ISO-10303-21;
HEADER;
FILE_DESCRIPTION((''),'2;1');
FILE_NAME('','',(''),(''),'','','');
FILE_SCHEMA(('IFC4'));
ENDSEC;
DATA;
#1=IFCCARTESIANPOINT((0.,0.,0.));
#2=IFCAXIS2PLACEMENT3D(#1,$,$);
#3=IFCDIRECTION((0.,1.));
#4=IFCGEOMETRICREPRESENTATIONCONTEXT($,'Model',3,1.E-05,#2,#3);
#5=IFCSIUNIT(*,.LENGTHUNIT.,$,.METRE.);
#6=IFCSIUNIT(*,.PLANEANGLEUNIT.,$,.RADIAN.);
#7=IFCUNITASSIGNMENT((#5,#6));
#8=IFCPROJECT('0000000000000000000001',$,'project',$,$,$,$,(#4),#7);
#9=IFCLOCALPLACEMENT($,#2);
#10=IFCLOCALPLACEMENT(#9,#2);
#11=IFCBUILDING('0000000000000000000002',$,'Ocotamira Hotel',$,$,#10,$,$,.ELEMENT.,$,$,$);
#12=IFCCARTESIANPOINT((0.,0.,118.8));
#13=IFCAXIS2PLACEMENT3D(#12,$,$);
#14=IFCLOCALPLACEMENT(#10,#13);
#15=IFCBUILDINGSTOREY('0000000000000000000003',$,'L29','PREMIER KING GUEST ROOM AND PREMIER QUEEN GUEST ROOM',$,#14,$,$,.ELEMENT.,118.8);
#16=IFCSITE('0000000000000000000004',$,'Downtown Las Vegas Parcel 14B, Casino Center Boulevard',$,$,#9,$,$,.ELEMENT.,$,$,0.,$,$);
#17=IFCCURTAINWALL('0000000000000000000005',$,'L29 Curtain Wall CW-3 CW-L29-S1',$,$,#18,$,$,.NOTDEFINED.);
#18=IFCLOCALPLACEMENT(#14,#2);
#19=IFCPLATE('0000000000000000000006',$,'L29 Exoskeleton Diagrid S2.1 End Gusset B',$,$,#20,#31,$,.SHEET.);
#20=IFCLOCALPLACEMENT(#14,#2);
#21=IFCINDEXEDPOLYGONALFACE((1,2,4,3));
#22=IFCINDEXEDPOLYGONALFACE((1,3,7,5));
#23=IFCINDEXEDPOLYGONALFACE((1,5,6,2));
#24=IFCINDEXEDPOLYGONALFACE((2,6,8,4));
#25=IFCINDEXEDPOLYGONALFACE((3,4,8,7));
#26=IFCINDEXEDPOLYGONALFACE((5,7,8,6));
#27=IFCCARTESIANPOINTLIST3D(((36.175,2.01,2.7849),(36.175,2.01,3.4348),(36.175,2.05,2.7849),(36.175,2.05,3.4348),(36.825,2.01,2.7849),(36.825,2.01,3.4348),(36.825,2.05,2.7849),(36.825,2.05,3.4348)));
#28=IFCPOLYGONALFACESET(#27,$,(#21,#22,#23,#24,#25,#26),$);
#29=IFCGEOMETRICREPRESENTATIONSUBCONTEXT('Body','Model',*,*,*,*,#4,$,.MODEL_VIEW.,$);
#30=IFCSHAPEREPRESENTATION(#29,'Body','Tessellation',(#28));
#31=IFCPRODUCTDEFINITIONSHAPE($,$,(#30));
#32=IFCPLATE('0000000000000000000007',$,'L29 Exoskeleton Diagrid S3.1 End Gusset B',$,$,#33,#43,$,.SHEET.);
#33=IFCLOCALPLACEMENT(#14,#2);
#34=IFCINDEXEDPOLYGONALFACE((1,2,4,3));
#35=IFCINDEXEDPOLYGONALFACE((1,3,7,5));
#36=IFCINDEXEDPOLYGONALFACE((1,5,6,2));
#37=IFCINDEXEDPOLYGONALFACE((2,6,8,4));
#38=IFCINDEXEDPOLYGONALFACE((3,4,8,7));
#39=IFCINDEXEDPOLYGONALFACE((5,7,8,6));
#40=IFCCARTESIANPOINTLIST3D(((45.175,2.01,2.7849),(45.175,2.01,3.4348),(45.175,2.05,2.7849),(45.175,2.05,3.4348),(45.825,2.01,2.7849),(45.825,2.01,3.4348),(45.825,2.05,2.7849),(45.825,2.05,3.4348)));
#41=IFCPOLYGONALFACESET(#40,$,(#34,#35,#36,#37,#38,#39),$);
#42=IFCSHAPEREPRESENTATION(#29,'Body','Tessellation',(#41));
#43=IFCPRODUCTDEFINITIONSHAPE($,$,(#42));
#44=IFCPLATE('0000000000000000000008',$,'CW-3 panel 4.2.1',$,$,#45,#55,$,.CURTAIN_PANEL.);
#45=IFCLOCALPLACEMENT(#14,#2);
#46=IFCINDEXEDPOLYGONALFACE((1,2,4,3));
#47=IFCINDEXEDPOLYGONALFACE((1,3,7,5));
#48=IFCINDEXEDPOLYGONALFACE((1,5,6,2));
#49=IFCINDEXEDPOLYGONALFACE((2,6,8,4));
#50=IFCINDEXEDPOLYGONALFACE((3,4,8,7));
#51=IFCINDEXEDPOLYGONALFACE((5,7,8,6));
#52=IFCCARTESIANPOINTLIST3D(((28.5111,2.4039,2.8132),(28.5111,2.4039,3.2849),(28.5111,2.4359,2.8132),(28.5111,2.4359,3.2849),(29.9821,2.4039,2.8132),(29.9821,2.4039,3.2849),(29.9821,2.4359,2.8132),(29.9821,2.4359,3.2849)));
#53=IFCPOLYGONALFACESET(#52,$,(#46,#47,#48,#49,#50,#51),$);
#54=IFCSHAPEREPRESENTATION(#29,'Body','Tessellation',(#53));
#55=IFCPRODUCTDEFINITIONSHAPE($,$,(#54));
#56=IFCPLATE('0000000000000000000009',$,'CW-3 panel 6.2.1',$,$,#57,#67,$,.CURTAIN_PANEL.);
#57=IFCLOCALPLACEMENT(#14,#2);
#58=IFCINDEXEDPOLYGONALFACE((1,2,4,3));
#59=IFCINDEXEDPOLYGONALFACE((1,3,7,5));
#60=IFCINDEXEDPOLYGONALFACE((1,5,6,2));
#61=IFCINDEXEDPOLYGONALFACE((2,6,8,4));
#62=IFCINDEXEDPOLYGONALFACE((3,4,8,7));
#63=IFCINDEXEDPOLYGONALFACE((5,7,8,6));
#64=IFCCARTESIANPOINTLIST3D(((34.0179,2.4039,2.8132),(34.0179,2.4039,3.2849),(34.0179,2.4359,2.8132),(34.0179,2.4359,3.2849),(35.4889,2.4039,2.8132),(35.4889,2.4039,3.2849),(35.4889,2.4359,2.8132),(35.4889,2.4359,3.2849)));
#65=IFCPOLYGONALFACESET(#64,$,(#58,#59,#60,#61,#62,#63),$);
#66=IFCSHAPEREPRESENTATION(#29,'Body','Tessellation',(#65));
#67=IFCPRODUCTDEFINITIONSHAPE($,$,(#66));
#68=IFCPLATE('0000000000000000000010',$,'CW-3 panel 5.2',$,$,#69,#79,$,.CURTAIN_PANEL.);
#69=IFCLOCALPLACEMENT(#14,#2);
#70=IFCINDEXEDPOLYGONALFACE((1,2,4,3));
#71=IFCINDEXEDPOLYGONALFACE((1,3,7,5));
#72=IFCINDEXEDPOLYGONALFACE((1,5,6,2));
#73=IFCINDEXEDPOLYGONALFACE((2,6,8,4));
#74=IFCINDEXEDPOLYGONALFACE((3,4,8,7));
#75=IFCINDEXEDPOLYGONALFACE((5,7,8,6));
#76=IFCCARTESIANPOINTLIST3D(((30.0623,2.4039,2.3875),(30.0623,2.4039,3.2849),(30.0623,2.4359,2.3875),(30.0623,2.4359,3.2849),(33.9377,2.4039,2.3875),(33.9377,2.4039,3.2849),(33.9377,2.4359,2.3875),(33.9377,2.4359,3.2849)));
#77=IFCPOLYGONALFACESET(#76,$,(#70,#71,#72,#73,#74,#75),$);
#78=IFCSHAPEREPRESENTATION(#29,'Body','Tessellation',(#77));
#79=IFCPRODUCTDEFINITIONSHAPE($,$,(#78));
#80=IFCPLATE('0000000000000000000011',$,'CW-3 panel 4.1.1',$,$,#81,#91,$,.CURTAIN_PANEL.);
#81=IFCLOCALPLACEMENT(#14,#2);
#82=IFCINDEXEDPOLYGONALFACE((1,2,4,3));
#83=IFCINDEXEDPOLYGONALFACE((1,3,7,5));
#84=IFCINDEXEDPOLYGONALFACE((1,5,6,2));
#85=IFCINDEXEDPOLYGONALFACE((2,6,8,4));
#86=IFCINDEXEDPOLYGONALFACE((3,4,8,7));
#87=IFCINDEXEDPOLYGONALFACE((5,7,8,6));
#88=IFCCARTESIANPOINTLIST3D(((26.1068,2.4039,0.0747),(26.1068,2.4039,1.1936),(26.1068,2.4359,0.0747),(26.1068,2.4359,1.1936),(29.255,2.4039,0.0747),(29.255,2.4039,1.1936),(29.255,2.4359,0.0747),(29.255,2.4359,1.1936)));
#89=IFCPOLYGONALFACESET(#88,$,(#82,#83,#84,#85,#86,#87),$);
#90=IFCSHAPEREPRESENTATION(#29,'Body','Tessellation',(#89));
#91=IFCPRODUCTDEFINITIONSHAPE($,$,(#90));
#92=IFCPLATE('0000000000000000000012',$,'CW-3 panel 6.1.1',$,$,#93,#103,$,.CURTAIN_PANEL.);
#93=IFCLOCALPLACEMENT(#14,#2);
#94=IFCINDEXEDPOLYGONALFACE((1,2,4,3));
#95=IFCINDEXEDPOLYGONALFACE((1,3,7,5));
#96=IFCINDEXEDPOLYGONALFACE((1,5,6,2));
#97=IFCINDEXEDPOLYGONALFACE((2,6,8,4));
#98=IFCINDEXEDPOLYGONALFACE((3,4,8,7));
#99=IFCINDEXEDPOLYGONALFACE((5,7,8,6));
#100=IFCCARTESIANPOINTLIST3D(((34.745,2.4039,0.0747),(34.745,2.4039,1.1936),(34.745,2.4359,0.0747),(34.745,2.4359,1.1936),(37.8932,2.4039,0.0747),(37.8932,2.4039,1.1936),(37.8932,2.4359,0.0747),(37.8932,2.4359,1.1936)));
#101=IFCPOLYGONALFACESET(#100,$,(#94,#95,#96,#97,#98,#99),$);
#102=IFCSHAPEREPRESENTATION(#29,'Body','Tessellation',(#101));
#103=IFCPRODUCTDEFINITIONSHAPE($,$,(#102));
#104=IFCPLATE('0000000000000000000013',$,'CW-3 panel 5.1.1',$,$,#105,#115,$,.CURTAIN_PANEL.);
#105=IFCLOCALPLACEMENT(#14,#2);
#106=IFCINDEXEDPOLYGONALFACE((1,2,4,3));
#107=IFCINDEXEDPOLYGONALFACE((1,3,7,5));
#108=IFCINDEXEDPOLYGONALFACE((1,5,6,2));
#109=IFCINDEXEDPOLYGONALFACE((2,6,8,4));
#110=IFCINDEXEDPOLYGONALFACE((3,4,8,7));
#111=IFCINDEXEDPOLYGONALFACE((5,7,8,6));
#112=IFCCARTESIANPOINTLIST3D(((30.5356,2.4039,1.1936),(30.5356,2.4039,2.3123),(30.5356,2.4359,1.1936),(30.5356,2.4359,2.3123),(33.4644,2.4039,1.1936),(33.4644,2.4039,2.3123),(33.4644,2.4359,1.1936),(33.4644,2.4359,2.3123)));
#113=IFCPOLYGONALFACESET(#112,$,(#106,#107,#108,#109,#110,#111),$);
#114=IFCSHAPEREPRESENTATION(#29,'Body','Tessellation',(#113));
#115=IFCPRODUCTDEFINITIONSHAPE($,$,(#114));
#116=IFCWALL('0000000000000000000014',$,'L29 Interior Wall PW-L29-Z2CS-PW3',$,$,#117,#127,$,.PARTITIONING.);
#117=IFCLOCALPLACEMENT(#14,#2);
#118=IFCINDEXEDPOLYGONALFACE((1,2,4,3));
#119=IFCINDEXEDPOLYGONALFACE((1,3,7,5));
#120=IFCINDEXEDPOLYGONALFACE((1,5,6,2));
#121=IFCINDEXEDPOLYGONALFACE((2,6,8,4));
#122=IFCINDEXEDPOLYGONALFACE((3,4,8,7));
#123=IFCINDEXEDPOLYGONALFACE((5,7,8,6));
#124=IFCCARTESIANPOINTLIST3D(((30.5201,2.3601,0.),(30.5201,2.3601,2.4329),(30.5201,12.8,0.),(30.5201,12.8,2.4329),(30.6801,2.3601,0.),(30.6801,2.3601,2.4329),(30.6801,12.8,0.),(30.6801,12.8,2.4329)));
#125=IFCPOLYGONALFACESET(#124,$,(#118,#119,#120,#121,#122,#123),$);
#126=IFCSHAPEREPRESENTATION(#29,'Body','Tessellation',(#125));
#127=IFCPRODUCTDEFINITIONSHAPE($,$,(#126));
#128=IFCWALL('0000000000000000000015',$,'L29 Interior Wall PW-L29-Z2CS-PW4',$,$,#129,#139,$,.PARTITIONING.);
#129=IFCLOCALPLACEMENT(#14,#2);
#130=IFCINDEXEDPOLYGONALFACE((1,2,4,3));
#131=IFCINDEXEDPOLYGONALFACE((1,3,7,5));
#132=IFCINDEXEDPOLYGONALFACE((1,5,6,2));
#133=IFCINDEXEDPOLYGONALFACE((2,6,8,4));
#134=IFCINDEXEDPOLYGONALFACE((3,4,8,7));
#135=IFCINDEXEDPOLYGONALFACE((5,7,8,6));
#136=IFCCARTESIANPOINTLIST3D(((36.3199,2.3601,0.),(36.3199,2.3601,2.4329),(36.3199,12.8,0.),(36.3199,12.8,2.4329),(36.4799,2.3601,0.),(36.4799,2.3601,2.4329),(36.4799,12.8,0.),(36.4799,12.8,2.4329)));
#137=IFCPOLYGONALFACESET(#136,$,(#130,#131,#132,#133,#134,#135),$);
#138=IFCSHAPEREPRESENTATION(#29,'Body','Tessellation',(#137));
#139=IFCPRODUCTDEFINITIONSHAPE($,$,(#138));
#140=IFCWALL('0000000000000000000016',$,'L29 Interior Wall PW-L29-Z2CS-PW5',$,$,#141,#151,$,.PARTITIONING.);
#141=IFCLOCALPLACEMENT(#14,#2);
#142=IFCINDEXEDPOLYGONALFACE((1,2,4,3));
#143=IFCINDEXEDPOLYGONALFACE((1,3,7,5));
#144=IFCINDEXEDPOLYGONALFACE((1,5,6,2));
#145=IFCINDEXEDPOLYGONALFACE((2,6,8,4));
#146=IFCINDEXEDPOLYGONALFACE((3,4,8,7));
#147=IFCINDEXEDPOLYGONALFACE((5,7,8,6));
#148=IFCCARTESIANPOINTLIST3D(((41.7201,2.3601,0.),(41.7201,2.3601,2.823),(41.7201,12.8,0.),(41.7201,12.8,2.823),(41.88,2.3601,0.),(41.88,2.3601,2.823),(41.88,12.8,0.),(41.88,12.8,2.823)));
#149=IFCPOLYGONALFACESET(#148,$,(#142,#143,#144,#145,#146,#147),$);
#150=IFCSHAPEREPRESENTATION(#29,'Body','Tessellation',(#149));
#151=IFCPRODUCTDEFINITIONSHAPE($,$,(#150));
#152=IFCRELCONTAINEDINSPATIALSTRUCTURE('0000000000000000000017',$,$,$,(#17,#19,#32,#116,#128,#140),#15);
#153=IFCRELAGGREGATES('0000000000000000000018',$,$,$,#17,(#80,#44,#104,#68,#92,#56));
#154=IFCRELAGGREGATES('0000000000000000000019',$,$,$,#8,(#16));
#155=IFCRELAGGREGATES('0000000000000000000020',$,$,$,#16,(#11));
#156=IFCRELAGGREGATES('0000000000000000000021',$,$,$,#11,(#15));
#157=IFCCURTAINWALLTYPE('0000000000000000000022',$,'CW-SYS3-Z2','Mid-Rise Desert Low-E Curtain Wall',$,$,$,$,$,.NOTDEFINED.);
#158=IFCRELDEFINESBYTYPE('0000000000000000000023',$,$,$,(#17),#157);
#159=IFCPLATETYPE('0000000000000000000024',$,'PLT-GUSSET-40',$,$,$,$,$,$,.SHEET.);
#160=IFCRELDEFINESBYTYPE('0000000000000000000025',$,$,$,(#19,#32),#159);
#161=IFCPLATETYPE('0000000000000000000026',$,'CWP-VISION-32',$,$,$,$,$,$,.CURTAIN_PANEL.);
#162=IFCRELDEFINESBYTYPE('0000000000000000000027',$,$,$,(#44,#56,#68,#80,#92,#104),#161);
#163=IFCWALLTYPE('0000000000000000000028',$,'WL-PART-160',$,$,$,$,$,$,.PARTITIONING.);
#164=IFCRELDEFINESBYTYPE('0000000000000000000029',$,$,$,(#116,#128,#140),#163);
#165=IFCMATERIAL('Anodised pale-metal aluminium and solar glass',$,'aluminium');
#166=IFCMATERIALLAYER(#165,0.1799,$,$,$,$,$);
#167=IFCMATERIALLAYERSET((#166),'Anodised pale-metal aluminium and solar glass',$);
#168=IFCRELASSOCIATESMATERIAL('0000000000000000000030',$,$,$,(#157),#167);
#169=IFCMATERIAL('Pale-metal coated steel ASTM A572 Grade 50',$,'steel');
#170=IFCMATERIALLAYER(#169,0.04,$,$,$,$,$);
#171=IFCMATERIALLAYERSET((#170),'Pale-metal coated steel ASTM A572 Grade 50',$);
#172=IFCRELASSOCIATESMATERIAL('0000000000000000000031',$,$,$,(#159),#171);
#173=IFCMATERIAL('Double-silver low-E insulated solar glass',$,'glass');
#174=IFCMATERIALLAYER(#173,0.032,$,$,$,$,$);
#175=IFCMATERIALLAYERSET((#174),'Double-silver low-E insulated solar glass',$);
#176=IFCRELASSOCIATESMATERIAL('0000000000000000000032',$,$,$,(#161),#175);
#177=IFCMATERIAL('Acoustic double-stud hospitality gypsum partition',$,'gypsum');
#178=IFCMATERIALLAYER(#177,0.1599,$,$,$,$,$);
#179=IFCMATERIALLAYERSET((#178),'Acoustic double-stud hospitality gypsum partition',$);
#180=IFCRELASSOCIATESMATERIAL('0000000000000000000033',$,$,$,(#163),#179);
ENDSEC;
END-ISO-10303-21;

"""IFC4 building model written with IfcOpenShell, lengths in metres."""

from ifc_helpers import new_model, si_unit, direction, frame, frame_2d, origin, origin_2d, place, context, subcontext, project, spatial, rectangle, extrude, source, transform, mapped, material, layer, layer_set, type_object, element, aggregate, save


model = new_model("IFC4")

# Units and contexts
model_context = context("Model", 3, precision=1e-05, world=origin(), true_north=direction((0.0, 1.0)))
body_context = subcontext(model_context, "Body", "Model", "MODEL_VIEW")
ifc_project = project(units=[si_unit("LENGTHUNIT", "METRE"), si_unit("PLANEANGLEUNIT", "RADIAN")], contexts=[model_context])

# Site, building, storey
site_placement = place(None, origin())
site = spatial("IfcSite", under=ifc_project, at=site_placement, Name="Downtown Las Vegas Parcel 14B, Casino Center Boulevard", CompositionType="ELEMENT", RefElevation=0.0)
building_placement = place(site_placement, origin())
building = spatial("IfcBuilding", under=site, at=building_placement, Name="Ocotamira Hotel", CompositionType="ELEMENT")
storey_placement = place(building_placement, frame((0.0, 0.0, 118.8)))
storey = spatial("IfcBuildingStorey", under=building, at=storey_placement, Name="L29", Description="PREMIER KING GUEST ROOM AND PREMIER QUEEN GUEST ROOM", CompositionType="ELEMENT", Elevation=118.8)

# Curtain wall
ifc_material_1 = material(Name="Anodised pale-metal aluminium and solar glass", Category="aluminium")
ifc_layer_1 = layer(ifc_material_1, 0.1799)
ifc_layer_set_1 = layer_set([ifc_layer_1], Name="Anodised pale-metal aluminium and solar glass")
curtain_wall_type = type_object("IfcCurtainWallType", Name="CW-SYS3-Z2", Description="Mid-Rise Desert Low-E Curtain Wall", PredefinedType="NOTDEFINED", material=ifc_layer_set_1)
curtain_wall_placement = place(storey_placement, origin())
curtain_wall = element("IfcCurtainWall", 1, at=curtain_wall_placement, inside=storey, type_object=curtain_wall_type, Name="L29 Curtain Wall CW-3 CW-L29-S1", PredefinedType="NOTDEFINED")

# Plates
ifc_material_2 = material(Name="Pale-metal coated steel ASTM A572 Grade 50", Category="steel")
ifc_layer_2 = layer(ifc_material_2, 0.04)
ifc_layer_set_2 = layer_set([ifc_layer_2], Name="Pale-metal coated steel ASTM A572 Grade 50")
plate_type_1 = type_object("IfcPlateType", Name="PLT-GUSSET-40", PredefinedType="SHEET", material=ifc_layer_set_2)
shared_shape_1 = source(origin(), body_context, "Body", "SweptSolid", [
    extrude(rectangle(XDim=0.6499, YDim=0.04, at=origin_2d()), origin(), (0.0, 0.0, 1.0), 0.6499),
])
for number, where, z_axis, x_axis, name in (
    (2, (36.5, 2.03, 2.7849), (0.0, 0.0, 1.0), (1.0, 0.0, 0.0), "L29 Exoskeleton Diagrid S2.1 End Gusset B"),
    (3, (45.5, 2.03, 2.7849), (0.0, 0.0, 1.0), (1.0, 0.0, 0.0), "L29 Exoskeleton Diagrid S3.1 End Gusset B"),
):
    element("IfcPlate", number, at=place(storey_placement, frame(where, z_axis=z_axis, x_axis=x_axis)), inside=storey, type_object=plate_type_1, Name=name, PredefinedType="SHEET", context=body_context, shape_type="MappedRepresentation", body=[
        mapped(shared_shape_1, transform((0.0, 0.0, 0.0), scale=1.0)),
    ])

# Plates
ifc_material_3 = material(Name="Double-silver low-E insulated solar glass", Category="glass")
ifc_layer_3 = layer(ifc_material_3, 0.032)
ifc_layer_set_3 = layer_set([ifc_layer_3], Name="Double-silver low-E insulated solar glass")
plate_type_2 = type_object("IfcPlateType", Name="CWP-VISION-32", PredefinedType="CURTAIN_PANEL", material=ifc_layer_set_3)
shared_shape_2 = source(origin(), body_context, "Body", "SweptSolid", [
    extrude(rectangle(XDim=1.4709, YDim=0.032, at=origin_2d()), origin(), (0.0, 0.0, 1.0), 0.4717),
])
plate_1_placement = place(storey_placement, frame((29.2466, 2.4199, 2.8132), z_axis=(0.0, 0.0, 1.0), x_axis=(1.0, 0.0, 0.0)))
plate_1 = element("IfcPlate", 4, at=plate_1_placement, type_object=plate_type_2, Name="CW-3 panel 4.2.1", PredefinedType="CURTAIN_PANEL", context=body_context, shape_type="MappedRepresentation", body=[
    mapped(shared_shape_2, transform((0.0, 0.0, 0.0), scale=1.0)),
])
plate_2_placement = place(storey_placement, frame((34.7534, 2.4199, 2.8132), z_axis=(0.0, 0.0, 1.0), x_axis=(1.0, 0.0, 0.0)))
plate_2 = element("IfcPlate", 5, at=plate_2_placement, type_object=plate_type_2, Name="CW-3 panel 6.2.1", PredefinedType="CURTAIN_PANEL", context=body_context, shape_type="MappedRepresentation", body=[
    mapped(shared_shape_2, transform((0.0, 0.0, 0.0), scale=1.0)),
])
shared_shape_3 = source(origin(), body_context, "Body", "SweptSolid", [
    extrude(rectangle(XDim=3.8755, YDim=0.032, at=origin_2d()), origin(), (0.0, 0.0, 1.0), 0.8975),
])
plate_3_placement = place(storey_placement, frame((32.0, 2.4199, 2.3875), z_axis=(0.0, 0.0, 1.0), x_axis=(1.0, 0.0, 0.0)))
plate_3 = element("IfcPlate", 6, at=plate_3_placement, type_object=plate_type_2, Name="CW-3 panel 5.2", PredefinedType="CURTAIN_PANEL", context=body_context, shape_type="MappedRepresentation", body=[
    mapped(shared_shape_3, transform((0.0, 0.0, 0.0), scale=1.0)),
])
shared_shape_4 = source(origin(), body_context, "Body", "SweptSolid", [
    extrude(rectangle(XDim=3.1482, YDim=0.032, at=origin_2d()), origin(), (0.0, 0.0, 1.0), 1.1189),
])
plate_4_placement = place(storey_placement, frame((27.6809, 2.4199, 0.0747), z_axis=(0.0, 0.0, 1.0), x_axis=(1.0, 0.0, 0.0)))
plate_4 = element("IfcPlate", 7, at=plate_4_placement, type_object=plate_type_2, Name="CW-3 panel 4.1.1", PredefinedType="CURTAIN_PANEL", context=body_context, shape_type="MappedRepresentation", body=[
    mapped(shared_shape_4, transform((0.0, 0.0, 0.0), scale=1.0)),
])
plate_5_placement = place(storey_placement, frame((36.3191, 2.4199, 0.0747), z_axis=(0.0, 0.0, 1.0), x_axis=(1.0, 0.0, 0.0)))
plate_5 = element("IfcPlate", 8, at=plate_5_placement, type_object=plate_type_2, Name="CW-3 panel 6.1.1", PredefinedType="CURTAIN_PANEL", context=body_context, shape_type="MappedRepresentation", body=[
    mapped(shared_shape_4, transform((0.0, 0.0, 0.0), scale=1.0)),
])
shared_shape_5 = source(origin(), body_context, "Body", "SweptSolid", [
    extrude(rectangle(XDim=2.9287, YDim=0.032, at=origin_2d()), origin(), (0.0, 0.0, 1.0), 1.1187),
])
plate_6_placement = place(storey_placement, frame((32.0, 2.4199, 1.1936), z_axis=(0.0, 0.0, 1.0), x_axis=(1.0, 0.0, 0.0)))
plate_6 = element("IfcPlate", 9, at=plate_6_placement, type_object=plate_type_2, Name="CW-3 panel 5.1.1", PredefinedType="CURTAIN_PANEL", context=body_context, shape_type="MappedRepresentation", body=[
    mapped(shared_shape_5, transform((0.0, 0.0, 0.0), scale=1.0)),
])
aggregate(curtain_wall, [plate_4, plate_1, plate_6, plate_3, plate_5, plate_2])

# Walls
ifc_material_4 = material(Name="Acoustic double-stud hospitality gypsum partition", Category="gypsum")
ifc_layer_4 = layer(ifc_material_4, 0.1599)
ifc_layer_set_4 = layer_set([ifc_layer_4], Name="Acoustic double-stud hospitality gypsum partition")
wall_type = type_object("IfcWallType", Name="WL-PART-160", PredefinedType="PARTITIONING", material=ifc_layer_set_4)
for number, where, z_axis, x_axis, name in (
    (10, (30.6001, 2.3601, 0.0), (0.0, 0.0, 1.0), (0.0, 1.0, 0.0), "L29 Interior Wall PW-L29-Z2CS-PW3"),
    (11, (36.3999, 2.3601, 0.0), (0.0, 0.0, 1.0), (0.0, 1.0, 0.0), "L29 Interior Wall PW-L29-Z2CS-PW4"),
):
    element("IfcWall", number, at=place(storey_placement, frame(where, z_axis=z_axis, x_axis=x_axis)), inside=storey, type_object=wall_type, Name=name, PredefinedType="PARTITIONING", context=body_context, shape_type="SweptSolid", body=[
        extrude(rectangle(XDim=10.4399, YDim=0.1599, at=frame_2d((5.22, 0.0))), origin(), (0.0, 0.0, 1.0), 2.4329),
    ])
wall_placement = place(storey_placement, frame((41.8, 2.3601, 0.0), z_axis=(0.0, 0.0, 1.0), x_axis=(0.0, 1.0, 0.0)))
element("IfcWall", 12, at=wall_placement, inside=storey, type_object=wall_type, Name="L29 Interior Wall PW-L29-Z2CS-PW5", PredefinedType="PARTITIONING", context=body_context, shape_type="SweptSolid", body=[
    extrude(rectangle(XDim=10.4399, YDim=0.1599, at=frame_2d((5.22, 0.0))), origin(), (0.0, 0.0, 1.0), 2.823),
])

save(model, "model.ifc")
